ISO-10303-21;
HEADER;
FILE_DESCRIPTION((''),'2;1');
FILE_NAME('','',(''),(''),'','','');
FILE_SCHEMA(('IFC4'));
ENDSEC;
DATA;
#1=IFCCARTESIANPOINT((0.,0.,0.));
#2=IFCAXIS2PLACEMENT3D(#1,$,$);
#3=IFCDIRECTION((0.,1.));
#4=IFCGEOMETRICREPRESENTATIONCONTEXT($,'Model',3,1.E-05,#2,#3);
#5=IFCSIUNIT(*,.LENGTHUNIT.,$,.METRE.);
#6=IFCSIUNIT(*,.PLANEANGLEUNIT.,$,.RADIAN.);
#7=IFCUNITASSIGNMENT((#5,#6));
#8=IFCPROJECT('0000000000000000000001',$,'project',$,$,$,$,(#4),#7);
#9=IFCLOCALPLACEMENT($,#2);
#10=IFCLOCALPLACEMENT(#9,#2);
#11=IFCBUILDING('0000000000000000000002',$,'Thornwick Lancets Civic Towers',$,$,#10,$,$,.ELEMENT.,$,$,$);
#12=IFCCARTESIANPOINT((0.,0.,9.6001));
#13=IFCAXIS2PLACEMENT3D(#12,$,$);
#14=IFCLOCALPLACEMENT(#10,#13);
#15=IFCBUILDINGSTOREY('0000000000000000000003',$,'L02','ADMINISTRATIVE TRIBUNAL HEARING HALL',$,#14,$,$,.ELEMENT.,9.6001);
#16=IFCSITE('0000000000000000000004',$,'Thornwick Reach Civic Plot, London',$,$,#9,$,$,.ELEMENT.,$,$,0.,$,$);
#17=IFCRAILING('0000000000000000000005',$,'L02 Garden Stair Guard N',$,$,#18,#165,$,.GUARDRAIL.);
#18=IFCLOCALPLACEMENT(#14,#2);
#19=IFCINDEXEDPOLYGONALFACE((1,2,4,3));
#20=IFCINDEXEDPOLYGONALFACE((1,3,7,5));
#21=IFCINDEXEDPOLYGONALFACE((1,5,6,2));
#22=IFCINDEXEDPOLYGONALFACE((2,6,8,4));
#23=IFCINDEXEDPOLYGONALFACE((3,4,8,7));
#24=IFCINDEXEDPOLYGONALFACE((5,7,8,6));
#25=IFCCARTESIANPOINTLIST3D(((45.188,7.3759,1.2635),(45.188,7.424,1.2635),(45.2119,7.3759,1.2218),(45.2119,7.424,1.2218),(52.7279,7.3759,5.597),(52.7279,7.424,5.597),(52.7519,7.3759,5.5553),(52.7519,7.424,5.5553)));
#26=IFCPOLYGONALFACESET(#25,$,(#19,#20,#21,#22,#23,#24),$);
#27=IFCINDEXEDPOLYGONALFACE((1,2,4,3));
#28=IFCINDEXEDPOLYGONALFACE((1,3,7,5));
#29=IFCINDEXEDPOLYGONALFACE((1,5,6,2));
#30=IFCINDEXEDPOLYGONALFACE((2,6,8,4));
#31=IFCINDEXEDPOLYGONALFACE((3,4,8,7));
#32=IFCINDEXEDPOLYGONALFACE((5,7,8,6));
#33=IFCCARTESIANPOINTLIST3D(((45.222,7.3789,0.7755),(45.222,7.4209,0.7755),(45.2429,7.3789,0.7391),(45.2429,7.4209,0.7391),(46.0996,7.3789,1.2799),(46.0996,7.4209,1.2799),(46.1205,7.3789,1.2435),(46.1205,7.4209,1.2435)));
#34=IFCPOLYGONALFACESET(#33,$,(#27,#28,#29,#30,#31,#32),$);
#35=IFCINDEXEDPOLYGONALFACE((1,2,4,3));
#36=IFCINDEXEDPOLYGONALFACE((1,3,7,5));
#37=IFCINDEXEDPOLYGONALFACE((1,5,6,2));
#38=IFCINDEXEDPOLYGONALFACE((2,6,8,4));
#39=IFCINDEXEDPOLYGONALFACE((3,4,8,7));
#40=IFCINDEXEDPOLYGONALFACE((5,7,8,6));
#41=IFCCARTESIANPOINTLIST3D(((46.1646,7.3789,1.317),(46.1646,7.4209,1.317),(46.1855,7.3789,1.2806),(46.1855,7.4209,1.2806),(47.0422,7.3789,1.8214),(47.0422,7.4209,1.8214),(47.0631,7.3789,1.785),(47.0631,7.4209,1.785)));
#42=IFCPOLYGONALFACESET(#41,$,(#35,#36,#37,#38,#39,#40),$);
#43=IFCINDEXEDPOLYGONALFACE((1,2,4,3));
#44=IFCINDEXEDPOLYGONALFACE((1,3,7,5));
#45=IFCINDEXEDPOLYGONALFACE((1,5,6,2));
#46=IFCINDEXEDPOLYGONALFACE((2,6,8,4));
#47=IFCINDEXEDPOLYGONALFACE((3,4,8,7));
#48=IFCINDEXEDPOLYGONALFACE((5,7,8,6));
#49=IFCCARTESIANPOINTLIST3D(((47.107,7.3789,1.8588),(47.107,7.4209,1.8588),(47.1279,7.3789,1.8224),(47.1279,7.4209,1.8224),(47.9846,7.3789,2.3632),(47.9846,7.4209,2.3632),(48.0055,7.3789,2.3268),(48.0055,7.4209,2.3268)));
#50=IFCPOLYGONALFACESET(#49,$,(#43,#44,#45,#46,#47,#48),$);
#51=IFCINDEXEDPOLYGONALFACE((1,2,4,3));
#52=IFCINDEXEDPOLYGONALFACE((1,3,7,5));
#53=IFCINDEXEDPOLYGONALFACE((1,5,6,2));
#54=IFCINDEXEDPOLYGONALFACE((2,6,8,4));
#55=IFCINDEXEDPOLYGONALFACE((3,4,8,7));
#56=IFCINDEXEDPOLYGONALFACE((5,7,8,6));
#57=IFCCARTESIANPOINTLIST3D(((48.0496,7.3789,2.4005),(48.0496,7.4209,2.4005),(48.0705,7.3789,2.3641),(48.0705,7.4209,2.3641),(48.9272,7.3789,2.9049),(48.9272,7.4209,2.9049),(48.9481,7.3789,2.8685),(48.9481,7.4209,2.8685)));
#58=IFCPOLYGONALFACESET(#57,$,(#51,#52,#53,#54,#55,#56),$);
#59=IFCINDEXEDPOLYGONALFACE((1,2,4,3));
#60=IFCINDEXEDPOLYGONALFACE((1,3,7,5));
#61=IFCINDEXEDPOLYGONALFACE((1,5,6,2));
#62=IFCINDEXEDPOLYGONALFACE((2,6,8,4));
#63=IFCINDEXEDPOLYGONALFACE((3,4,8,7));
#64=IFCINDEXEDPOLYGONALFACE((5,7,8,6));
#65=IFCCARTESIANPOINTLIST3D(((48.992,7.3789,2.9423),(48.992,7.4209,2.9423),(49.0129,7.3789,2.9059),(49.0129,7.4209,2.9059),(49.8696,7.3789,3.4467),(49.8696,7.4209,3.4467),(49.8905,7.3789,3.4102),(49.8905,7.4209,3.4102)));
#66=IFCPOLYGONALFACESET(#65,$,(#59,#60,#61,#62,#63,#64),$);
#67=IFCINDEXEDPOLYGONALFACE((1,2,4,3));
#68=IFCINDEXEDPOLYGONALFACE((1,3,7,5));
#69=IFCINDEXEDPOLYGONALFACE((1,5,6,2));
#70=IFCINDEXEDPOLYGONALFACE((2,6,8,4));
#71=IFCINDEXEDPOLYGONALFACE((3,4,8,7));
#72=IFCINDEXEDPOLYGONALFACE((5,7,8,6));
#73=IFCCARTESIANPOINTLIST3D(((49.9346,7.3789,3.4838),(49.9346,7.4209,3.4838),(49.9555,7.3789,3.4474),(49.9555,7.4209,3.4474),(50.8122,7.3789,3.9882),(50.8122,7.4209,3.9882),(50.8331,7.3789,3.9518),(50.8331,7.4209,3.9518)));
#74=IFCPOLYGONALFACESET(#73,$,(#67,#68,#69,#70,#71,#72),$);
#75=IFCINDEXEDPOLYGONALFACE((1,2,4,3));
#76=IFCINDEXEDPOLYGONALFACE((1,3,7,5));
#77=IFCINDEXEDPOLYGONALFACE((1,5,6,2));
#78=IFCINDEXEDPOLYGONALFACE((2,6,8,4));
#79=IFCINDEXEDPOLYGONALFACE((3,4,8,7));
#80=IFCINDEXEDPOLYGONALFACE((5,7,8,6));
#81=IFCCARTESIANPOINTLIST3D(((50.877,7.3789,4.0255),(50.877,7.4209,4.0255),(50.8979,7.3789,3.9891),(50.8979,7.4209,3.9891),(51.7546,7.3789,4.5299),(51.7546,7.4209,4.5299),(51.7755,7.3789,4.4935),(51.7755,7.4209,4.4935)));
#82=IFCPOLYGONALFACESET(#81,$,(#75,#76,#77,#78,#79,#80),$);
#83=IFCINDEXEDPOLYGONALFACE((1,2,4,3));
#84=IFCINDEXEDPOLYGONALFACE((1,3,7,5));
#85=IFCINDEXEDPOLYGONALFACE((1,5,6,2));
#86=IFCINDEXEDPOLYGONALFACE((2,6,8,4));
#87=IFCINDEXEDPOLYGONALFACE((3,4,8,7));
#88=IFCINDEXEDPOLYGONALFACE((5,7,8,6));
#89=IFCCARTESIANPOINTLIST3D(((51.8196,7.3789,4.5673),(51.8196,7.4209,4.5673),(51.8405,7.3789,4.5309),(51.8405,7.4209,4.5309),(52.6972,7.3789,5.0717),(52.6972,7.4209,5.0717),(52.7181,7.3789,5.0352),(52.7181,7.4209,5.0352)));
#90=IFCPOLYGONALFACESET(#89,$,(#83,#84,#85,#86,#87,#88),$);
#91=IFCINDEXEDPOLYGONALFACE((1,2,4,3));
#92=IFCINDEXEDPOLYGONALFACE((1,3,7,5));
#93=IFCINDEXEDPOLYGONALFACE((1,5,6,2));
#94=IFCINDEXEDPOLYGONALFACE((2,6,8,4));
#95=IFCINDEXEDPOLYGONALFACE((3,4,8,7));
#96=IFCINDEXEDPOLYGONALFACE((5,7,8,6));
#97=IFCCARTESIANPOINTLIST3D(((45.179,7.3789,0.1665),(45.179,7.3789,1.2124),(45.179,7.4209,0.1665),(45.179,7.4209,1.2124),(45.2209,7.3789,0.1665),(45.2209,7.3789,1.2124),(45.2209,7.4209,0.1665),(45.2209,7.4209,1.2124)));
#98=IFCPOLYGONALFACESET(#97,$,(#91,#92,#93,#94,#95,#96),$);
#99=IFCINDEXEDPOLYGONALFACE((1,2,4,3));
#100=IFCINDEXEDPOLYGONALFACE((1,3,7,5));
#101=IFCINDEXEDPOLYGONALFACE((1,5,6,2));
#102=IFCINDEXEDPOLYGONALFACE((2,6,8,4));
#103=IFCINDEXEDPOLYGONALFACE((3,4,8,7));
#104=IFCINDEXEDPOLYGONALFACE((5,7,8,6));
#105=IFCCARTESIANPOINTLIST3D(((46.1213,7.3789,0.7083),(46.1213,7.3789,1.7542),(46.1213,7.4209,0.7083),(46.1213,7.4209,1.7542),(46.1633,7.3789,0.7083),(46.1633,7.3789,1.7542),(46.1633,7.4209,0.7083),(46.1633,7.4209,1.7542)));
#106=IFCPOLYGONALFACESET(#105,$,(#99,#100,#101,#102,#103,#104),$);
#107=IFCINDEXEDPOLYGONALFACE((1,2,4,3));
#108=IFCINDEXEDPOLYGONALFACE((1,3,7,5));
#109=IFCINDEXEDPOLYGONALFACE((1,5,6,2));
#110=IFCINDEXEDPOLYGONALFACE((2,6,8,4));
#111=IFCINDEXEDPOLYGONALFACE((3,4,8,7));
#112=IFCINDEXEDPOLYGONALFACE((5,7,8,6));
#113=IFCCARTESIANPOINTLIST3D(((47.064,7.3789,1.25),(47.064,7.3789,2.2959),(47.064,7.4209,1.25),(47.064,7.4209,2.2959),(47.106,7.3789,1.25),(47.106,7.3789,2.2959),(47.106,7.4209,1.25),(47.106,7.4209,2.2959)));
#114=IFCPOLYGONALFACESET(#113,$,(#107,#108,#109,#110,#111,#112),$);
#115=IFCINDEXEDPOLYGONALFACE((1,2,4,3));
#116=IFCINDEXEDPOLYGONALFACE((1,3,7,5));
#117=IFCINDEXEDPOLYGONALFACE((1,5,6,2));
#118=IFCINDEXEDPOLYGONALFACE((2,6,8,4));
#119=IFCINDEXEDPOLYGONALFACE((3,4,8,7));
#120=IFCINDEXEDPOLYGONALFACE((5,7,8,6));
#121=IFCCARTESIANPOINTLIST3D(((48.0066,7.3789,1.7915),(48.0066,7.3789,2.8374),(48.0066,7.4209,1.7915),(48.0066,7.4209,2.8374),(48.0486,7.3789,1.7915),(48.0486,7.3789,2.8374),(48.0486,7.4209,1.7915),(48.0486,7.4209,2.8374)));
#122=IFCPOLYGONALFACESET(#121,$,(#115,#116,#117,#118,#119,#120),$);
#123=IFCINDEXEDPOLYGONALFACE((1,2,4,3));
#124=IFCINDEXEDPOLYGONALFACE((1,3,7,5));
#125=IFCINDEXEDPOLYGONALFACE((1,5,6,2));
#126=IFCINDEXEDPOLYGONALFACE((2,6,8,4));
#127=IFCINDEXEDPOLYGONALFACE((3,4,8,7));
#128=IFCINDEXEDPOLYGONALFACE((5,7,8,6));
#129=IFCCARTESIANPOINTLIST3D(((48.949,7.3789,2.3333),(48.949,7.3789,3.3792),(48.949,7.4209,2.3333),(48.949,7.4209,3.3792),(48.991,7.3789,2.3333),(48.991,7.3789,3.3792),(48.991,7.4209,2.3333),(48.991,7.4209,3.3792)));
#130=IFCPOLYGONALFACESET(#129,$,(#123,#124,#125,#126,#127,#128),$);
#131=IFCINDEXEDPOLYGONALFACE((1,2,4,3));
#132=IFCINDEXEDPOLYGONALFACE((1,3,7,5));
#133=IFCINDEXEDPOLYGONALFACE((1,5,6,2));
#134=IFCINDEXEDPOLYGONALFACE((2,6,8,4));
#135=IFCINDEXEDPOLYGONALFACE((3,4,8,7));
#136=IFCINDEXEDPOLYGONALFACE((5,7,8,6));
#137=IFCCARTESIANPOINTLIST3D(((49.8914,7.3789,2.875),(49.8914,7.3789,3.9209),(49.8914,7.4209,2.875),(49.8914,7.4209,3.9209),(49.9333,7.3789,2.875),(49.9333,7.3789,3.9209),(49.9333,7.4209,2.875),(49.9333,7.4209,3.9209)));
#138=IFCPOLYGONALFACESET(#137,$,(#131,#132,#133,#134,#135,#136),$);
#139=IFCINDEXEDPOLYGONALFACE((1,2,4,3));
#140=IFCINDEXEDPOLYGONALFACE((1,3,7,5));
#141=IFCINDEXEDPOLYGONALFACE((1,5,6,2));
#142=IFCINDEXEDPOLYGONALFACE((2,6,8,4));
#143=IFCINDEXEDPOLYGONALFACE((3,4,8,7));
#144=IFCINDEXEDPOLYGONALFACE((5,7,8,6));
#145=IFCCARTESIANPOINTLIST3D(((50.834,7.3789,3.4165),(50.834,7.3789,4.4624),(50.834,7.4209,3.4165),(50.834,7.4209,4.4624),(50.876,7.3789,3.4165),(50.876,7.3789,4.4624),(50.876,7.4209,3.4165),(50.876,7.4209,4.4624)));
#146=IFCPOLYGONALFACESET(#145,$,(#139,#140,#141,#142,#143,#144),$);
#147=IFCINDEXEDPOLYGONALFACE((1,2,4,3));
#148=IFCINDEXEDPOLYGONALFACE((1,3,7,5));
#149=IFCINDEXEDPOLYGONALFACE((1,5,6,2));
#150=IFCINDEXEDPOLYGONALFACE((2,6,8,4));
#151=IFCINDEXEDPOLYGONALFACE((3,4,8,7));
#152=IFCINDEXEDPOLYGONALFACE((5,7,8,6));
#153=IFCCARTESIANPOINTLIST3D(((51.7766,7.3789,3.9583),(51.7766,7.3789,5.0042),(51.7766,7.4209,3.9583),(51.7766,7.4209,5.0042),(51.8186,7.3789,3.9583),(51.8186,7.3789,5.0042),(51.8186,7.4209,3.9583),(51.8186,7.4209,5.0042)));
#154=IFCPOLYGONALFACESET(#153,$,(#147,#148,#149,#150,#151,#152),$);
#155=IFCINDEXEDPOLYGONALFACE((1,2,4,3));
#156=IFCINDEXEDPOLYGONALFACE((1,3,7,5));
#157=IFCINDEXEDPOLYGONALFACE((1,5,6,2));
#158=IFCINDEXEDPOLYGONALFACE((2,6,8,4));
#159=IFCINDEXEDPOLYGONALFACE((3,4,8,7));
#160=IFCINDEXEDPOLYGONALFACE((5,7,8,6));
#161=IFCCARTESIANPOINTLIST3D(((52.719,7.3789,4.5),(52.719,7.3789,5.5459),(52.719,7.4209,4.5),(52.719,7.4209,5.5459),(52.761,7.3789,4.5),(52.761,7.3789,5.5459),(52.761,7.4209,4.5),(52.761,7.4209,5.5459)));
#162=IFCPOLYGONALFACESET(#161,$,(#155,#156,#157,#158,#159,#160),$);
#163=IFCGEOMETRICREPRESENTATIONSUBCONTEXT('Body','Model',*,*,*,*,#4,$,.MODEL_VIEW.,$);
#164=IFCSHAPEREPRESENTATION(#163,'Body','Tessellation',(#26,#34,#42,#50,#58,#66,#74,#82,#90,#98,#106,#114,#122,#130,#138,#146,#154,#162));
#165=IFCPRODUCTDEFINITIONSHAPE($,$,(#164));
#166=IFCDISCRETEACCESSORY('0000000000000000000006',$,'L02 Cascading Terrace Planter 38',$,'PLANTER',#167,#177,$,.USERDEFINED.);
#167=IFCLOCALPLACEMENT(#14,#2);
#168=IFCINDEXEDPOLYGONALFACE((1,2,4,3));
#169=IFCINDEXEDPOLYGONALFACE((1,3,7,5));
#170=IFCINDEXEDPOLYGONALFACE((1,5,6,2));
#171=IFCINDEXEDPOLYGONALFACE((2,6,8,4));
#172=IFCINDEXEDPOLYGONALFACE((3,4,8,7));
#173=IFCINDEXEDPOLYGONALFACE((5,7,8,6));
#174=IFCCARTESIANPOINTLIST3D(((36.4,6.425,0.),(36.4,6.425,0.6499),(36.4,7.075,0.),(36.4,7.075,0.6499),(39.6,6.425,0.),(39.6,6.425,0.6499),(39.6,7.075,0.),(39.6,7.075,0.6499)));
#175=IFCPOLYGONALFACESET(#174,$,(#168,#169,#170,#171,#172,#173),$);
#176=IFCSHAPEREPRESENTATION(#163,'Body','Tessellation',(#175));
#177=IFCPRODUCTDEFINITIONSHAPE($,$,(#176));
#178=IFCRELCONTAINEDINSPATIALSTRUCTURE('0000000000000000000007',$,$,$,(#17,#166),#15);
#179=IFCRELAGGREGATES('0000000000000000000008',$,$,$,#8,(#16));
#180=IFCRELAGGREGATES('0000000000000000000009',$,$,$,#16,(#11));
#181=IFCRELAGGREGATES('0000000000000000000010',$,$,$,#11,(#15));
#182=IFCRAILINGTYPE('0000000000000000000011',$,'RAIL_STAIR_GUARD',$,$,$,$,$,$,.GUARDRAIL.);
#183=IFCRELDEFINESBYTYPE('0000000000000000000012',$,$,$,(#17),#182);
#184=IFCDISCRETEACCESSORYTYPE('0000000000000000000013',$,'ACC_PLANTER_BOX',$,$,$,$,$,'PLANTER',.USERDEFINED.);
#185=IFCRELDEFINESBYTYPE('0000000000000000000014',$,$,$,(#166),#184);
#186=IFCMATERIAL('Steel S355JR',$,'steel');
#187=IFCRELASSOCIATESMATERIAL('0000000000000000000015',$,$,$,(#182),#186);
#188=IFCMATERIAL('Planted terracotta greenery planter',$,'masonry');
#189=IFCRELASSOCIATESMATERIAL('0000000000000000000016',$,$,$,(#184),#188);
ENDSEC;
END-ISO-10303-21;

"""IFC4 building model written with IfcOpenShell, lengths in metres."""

from ifc_helpers import new_model, si_unit, direction, frame, origin, origin_2d, place, context, subcontext, project, spatial, rectangle, extrude, material, type_object, element, save


model = new_model("IFC4")

# Units and contexts
model_context = context("Model", 3, precision=1e-05, world=origin(), true_north=direction((0.0, 1.0)))
body_context = subcontext(model_context, "Body", "Model", "MODEL_VIEW")
ifc_project = project(units=[si_unit("LENGTHUNIT", "METRE"), si_unit("PLANEANGLEUNIT", "RADIAN")], contexts=[model_context])

# Site, building, storey
site_placement = place(None, origin())
site = spatial("IfcSite", under=ifc_project, at=site_placement, Name="Thornwick Reach Civic Plot, London", CompositionType="ELEMENT", RefElevation=0.0)
building_placement = place(site_placement, origin())
building = spatial("IfcBuilding", under=site, at=building_placement, Name="Thornwick Lancets Civic Towers", CompositionType="ELEMENT")
storey_placement = place(building_placement, frame((0.0, 0.0, 9.6001)))
storey = spatial("IfcBuildingStorey", under=building, at=storey_placement, Name="L02", Description="ADMINISTRATIVE TRIBUNAL HEARING HALL", CompositionType="ELEMENT", Elevation=9.6001)

# Shared definitions
ifc_material_1 = material(Name="Steel S355JR", Category="steel")

# Railing
railing_type = type_object("IfcRailingType", Name="RAIL_STAIR_GUARD", PredefinedType="GUARDRAIL", material=ifc_material_1)
railing_1_placement = place(storey_placement, frame((45.2, 7.3999, 0.1665)))
element("IfcRailing", 1, at=railing_1_placement, inside=storey, type_object=railing_type, Name="L02 Garden Stair Guard N", PredefinedType="GUARDRAIL", context=body_context, shape_type="SweptSolid", body=[
    extrude(rectangle(XDim=0.0481, YDim=0.0481, at=origin_2d()), frame((0.0, 0.0, 1.0762), z_axis=(0.867007, 0.0, 0.498296), x_axis=(0.0, 1.0, 0.0)), (0.0, 0.0, 1.0), 8.6965),
    extrude(rectangle(XDim=0.042, YDim=0.042, at=origin_2d()), frame((0.0325, 0.0, 0.5908), z_axis=(0.867007, 0.0, 0.498296), x_axis=(0.0, 1.0, 0.0)), (0.0, 0.0, 1.0), 1.0122),
    extrude(rectangle(XDim=0.042, YDim=0.042, at=origin_2d()), frame((0.9751, 0.0, 1.1323), z_axis=(0.867007, 0.0, 0.498296), x_axis=(0.0, 1.0, 0.0)), (0.0, 0.0, 1.0), 1.0122),
    extrude(rectangle(XDim=0.042, YDim=0.042, at=origin_2d()), frame((1.9175, 0.0, 1.6741), z_axis=(0.867007, 0.0, 0.498296), x_axis=(0.0, 1.0, 0.0)), (0.0, 0.0, 1.0), 1.0122),
    extrude(rectangle(XDim=0.042, YDim=0.042, at=origin_2d()), frame((2.8601, 0.0, 2.2158), z_axis=(0.867007, 0.0, 0.498296), x_axis=(0.0, 1.0, 0.0)), (0.0, 0.0, 1.0), 1.0122),
    extrude(rectangle(XDim=0.042, YDim=0.042, at=origin_2d()), frame((3.8025, 0.0, 2.7576), z_axis=(0.867007, 0.0, 0.498296), x_axis=(0.0, 1.0, 0.0)), (0.0, 0.0, 1.0), 1.0122),
    extrude(rectangle(XDim=0.042, YDim=0.042, at=origin_2d()), frame((4.7451, 0.0, 3.2991), z_axis=(0.867007, 0.0, 0.498296), x_axis=(0.0, 1.0, 0.0)), (0.0, 0.0, 1.0), 1.0122),
    extrude(rectangle(XDim=0.042, YDim=0.042, at=origin_2d()), frame((5.6875, 0.0, 3.8408), z_axis=(0.867007, 0.0, 0.498296), x_axis=(0.0, 1.0, 0.0)), (0.0, 0.0, 1.0), 1.0122),
    extrude(rectangle(XDim=0.042, YDim=0.042, at=origin_2d()), frame((6.6301, 0.0, 4.3826), z_axis=(0.867007, 0.0, 0.498296), x_axis=(0.0, 1.0, 0.0)), (0.0, 0.0, 1.0), 1.0122),
    extrude(rectangle(XDim=0.042, YDim=0.042, at=origin_2d()), origin(), (0.0, 0.0, 1.0), 1.0459),
    extrude(rectangle(XDim=0.042, YDim=0.042, at=origin_2d()), frame((0.9424, 0.0, 0.5417)), (0.0, 0.0, 1.0), 1.0459),
    extrude(rectangle(XDim=0.042, YDim=0.042, at=origin_2d()), frame((1.885, 0.0, 1.0835)), (0.0, 0.0, 1.0), 1.0459),
    extrude(rectangle(XDim=0.042, YDim=0.042, at=origin_2d()), frame((2.8276, 0.0, 1.625)), (0.0, 0.0, 1.0), 1.0459),
    extrude(rectangle(XDim=0.042, YDim=0.042, at=origin_2d()), frame((3.77, 0.0, 2.1667)), (0.0, 0.0, 1.0), 1.0459),
    extrude(rectangle(XDim=0.042, YDim=0.042, at=origin_2d()), frame((4.7124, 0.0, 2.7085)), (0.0, 0.0, 1.0), 1.0459),
    extrude(rectangle(XDim=0.042, YDim=0.042, at=origin_2d()), frame((5.655, 0.0, 3.25)), (0.0, 0.0, 1.0), 1.0459),
    extrude(rectangle(XDim=0.042, YDim=0.042, at=origin_2d()), frame((6.5977, 0.0, 3.7917)), (0.0, 0.0, 1.0), 1.0459),
    extrude(rectangle(XDim=0.042, YDim=0.042, at=origin_2d()), frame((7.54, 0.0, 4.3335)), (0.0, 0.0, 1.0), 1.0459),
])

# Discrete accessory
ifc_material_2 = material(Name="Planted terracotta greenery planter", Category="masonry")
discrete_accessory_type = type_object("IfcDiscreteAccessoryType", Name="ACC_PLANTER_BOX", ElementType="PLANTER", PredefinedType="USERDEFINED", material=ifc_material_2)
discrete_accessory_placement = place(storey_placement, frame((38.0, 6.75, 0.0), z_axis=(0.0, 0.0, 1.0), x_axis=(1.0, 0.0, 0.0)))
element("IfcDiscreteAccessory", 2, at=discrete_accessory_placement, inside=storey, type_object=discrete_accessory_type, Name="L02 Cascading Terrace Planter 38", ObjectType="PLANTER", PredefinedType="USERDEFINED", context=body_context, shape_type="SweptSolid", body=[
    extrude(rectangle(XDim=3.2, YDim=0.6499, at=origin_2d()), origin(), (0.0, 0.0, 1.0), 0.6499),
])

save(model, "model.ifc")
